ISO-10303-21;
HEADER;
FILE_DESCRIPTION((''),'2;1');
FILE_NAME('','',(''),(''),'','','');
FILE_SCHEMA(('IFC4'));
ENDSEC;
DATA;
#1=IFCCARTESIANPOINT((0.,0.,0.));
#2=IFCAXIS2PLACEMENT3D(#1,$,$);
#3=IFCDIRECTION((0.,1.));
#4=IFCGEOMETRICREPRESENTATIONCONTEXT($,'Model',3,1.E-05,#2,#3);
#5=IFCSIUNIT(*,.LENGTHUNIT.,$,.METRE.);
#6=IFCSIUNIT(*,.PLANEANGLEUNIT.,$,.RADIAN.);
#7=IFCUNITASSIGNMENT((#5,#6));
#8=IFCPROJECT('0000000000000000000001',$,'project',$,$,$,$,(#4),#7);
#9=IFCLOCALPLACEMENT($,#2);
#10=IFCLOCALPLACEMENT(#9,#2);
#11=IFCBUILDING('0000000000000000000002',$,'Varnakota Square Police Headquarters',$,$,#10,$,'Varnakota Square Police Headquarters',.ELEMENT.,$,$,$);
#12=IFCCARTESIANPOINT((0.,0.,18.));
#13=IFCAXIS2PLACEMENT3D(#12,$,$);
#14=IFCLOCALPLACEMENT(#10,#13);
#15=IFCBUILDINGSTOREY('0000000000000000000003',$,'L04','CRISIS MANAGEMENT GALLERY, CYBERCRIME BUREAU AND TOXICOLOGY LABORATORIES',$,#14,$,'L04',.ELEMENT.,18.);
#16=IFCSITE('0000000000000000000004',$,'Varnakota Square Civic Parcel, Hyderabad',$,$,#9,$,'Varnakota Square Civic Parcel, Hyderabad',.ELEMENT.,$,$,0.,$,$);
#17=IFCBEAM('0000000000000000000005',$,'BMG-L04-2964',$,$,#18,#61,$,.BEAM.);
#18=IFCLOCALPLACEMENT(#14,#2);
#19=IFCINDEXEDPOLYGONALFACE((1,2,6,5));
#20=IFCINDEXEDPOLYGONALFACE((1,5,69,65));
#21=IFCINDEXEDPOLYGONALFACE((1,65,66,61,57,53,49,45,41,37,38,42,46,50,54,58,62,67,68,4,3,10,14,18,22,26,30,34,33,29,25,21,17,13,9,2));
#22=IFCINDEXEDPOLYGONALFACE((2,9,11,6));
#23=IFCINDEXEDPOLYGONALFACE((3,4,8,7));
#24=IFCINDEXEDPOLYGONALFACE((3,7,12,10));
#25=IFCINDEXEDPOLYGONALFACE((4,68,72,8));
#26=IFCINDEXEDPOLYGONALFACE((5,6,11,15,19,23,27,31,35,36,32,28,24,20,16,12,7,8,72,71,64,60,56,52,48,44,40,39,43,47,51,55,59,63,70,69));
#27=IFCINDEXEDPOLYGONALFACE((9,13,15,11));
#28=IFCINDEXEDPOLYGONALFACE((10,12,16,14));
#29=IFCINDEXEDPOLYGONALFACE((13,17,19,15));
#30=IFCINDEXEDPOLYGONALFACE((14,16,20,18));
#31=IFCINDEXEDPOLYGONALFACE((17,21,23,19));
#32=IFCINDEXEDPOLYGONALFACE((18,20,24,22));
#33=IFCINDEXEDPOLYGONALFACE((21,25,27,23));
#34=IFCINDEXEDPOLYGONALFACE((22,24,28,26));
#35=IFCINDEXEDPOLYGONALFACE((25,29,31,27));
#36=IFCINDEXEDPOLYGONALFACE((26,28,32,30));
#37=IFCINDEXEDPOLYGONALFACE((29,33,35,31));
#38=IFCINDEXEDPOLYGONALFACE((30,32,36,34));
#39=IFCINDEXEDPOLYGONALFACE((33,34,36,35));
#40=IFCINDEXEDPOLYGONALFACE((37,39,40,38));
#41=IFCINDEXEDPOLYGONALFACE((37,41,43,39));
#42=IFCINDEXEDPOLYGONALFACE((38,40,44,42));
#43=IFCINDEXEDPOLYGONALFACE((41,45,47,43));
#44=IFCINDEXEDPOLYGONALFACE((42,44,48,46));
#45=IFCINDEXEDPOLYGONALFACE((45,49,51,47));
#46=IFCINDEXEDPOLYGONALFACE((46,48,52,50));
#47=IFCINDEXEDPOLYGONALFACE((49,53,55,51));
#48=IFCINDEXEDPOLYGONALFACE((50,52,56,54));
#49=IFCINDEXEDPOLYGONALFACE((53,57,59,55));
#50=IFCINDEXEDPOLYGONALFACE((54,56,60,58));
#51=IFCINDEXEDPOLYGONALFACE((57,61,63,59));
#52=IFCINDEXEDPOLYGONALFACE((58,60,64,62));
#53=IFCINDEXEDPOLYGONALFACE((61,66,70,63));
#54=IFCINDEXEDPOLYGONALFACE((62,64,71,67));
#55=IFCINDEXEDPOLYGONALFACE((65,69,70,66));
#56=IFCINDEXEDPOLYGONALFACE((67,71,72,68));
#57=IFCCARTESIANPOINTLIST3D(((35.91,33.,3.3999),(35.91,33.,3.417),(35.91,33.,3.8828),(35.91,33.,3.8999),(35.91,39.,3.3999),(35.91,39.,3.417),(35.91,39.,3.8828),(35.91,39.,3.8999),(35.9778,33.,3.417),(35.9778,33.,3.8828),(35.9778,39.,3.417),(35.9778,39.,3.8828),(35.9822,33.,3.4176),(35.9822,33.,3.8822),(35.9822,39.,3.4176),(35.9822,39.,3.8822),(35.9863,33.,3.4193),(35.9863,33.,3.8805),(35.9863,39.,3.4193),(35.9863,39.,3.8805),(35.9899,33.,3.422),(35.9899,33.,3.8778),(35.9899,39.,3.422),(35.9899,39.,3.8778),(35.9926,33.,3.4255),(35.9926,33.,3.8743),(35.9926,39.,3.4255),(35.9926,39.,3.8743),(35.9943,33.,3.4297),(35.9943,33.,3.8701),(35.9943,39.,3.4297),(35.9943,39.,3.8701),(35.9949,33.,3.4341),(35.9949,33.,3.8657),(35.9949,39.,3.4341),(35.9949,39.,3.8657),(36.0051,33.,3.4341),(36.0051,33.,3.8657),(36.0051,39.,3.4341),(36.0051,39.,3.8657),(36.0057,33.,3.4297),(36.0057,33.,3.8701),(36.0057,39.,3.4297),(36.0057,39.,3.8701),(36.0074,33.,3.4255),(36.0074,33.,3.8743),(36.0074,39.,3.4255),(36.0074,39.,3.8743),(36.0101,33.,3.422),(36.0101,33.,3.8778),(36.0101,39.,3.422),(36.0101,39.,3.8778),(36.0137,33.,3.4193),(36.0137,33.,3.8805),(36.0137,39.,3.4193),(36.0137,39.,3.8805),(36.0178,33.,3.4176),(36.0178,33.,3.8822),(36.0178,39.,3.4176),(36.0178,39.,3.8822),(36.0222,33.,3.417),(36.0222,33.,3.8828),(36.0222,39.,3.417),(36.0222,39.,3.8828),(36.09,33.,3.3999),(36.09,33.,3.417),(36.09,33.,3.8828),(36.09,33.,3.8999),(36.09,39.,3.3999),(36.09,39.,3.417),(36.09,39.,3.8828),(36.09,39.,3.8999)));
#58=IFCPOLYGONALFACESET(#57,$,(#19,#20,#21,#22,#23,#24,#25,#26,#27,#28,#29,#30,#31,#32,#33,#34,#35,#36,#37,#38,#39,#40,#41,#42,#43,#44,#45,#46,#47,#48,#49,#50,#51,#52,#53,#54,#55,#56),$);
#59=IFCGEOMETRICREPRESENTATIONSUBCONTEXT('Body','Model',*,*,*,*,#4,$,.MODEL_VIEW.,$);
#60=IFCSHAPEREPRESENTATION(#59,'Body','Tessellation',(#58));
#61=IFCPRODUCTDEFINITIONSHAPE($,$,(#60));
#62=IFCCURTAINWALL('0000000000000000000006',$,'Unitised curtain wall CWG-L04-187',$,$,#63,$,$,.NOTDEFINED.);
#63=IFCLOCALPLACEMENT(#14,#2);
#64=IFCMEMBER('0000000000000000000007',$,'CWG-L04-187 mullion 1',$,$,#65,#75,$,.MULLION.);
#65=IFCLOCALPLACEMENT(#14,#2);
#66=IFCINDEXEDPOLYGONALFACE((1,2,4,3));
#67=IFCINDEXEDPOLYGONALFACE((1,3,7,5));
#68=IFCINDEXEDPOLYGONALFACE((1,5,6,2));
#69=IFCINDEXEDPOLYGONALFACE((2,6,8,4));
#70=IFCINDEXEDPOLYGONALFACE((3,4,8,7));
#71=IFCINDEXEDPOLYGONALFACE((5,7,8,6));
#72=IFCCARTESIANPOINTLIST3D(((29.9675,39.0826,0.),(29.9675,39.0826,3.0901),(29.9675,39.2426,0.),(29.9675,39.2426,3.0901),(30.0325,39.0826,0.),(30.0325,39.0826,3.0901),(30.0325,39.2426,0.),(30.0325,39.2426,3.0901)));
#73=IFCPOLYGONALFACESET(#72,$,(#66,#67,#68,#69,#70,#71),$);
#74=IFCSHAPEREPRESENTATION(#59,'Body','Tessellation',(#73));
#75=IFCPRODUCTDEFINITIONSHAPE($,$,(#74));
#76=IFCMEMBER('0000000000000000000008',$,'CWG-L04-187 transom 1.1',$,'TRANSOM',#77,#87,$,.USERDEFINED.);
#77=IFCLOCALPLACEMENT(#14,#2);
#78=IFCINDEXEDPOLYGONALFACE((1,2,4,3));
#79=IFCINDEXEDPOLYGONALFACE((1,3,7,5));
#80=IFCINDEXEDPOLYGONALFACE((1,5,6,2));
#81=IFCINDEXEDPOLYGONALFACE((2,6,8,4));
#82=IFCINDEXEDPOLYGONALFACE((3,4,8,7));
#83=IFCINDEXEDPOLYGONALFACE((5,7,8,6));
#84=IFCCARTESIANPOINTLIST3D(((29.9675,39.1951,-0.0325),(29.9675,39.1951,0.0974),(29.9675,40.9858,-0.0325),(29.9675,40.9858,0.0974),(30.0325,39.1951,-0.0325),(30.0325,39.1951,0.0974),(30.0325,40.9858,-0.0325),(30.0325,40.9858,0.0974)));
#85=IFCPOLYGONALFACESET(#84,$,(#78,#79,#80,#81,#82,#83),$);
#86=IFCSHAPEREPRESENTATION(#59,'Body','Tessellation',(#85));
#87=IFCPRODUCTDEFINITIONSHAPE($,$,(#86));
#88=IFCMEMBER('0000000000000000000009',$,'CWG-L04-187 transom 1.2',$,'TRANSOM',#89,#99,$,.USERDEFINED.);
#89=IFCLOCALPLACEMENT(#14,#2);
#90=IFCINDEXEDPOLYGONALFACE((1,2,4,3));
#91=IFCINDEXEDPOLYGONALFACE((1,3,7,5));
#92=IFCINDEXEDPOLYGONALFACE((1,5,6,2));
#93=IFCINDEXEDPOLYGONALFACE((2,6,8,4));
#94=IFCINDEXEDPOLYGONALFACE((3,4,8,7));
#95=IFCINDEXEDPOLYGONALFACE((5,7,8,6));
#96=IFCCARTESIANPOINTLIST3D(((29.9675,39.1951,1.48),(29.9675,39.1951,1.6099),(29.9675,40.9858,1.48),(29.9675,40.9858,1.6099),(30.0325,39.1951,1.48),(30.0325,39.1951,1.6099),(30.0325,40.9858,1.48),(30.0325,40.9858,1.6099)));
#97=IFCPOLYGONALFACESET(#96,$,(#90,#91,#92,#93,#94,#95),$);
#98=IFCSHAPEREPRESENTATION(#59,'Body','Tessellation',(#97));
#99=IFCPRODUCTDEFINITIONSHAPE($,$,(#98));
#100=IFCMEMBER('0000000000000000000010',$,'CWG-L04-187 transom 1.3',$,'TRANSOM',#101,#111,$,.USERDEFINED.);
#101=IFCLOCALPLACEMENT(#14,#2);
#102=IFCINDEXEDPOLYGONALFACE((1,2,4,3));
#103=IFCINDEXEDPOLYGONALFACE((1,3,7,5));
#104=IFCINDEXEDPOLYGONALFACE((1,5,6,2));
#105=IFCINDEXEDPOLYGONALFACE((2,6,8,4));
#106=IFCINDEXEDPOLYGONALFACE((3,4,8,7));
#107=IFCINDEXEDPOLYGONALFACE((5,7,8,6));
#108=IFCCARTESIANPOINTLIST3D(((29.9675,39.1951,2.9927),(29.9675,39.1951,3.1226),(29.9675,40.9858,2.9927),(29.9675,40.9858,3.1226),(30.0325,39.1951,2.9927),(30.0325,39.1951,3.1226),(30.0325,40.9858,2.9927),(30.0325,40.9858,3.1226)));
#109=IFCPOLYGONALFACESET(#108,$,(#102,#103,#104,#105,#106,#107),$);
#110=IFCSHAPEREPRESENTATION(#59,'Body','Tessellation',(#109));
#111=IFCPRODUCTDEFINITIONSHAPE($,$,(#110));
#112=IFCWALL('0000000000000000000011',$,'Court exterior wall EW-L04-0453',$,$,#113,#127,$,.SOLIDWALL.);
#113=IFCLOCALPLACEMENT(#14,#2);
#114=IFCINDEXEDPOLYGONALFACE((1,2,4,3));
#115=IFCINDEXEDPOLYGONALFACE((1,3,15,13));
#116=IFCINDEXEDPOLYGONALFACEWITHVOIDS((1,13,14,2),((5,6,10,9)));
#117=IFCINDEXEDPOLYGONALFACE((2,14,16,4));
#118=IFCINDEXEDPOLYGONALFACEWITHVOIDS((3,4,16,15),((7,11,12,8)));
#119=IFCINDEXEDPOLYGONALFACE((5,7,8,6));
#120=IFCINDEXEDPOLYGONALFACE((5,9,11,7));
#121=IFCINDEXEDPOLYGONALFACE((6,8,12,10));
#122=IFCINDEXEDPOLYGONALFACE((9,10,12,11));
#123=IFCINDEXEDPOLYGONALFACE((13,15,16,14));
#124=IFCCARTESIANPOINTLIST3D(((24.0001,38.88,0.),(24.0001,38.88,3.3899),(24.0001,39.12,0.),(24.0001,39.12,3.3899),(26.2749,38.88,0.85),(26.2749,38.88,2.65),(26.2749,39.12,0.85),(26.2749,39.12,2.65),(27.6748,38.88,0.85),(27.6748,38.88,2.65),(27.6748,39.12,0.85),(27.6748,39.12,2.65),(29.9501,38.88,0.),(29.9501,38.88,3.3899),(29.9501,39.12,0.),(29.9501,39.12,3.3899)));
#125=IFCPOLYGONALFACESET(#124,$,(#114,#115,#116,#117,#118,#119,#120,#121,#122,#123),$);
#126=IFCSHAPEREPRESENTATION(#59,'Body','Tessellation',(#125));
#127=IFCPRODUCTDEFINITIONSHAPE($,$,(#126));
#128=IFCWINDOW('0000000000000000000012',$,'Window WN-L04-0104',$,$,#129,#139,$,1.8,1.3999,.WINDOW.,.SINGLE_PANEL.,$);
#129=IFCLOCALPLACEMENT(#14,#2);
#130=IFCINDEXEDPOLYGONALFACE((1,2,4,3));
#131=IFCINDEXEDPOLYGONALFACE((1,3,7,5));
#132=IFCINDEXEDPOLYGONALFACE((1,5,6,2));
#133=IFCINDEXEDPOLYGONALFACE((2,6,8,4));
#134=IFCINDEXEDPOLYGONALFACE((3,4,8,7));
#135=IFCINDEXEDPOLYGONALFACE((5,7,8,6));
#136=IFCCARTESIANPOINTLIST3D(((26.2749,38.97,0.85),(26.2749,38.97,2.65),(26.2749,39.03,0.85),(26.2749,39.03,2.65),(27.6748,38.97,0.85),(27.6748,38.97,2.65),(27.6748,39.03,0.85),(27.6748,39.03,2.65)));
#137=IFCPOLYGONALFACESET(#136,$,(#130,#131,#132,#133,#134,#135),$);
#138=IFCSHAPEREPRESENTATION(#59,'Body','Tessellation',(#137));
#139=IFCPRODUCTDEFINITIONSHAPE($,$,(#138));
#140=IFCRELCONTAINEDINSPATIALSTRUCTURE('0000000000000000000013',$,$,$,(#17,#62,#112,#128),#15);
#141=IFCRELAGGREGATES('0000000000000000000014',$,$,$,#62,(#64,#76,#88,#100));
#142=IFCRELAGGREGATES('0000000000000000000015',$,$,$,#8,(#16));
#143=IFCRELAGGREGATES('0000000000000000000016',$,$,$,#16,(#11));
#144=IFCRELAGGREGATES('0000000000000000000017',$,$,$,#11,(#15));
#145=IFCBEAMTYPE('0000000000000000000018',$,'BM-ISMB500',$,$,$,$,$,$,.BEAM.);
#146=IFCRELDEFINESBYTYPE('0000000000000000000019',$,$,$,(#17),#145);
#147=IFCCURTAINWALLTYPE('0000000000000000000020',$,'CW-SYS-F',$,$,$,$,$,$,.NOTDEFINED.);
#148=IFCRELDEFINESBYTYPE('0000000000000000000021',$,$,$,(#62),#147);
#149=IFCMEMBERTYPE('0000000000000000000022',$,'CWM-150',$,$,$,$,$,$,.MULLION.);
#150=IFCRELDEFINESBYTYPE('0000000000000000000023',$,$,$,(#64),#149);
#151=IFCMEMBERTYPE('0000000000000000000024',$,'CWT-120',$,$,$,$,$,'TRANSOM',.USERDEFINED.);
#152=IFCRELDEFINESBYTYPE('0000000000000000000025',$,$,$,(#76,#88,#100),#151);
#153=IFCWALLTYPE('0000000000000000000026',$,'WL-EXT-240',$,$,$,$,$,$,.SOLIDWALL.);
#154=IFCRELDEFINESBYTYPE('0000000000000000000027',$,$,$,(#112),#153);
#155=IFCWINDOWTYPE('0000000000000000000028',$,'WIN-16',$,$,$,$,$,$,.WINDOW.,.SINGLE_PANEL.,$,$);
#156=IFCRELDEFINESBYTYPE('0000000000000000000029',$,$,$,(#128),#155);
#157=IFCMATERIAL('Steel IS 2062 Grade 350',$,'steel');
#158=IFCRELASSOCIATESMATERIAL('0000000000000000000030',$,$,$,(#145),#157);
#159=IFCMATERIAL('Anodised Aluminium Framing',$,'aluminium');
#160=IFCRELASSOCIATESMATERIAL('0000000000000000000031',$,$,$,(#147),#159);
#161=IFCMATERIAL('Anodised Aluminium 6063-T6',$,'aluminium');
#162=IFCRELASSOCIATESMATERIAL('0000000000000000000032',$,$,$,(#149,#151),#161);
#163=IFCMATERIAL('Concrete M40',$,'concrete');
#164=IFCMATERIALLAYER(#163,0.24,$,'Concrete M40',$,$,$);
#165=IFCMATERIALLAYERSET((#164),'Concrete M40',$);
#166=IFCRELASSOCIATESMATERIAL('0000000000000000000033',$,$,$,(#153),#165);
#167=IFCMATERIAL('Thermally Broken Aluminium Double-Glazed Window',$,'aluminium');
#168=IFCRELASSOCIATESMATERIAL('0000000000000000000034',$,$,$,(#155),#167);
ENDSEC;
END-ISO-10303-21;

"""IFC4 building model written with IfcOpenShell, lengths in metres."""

from ifc_helpers import new_model, si_unit, direction, frame, frame_2d, origin, origin_2d, place, context, subcontext, project, spatial, rectangle, i_section, extrude, material, layer, layer_set, material_profile, profile_set, type_object, element, fill, aggregate, save


model = new_model("IFC4")

# Units and contexts
model_context = context("Model", 3, precision=1e-05, world=origin(), true_north=direction((0.0, 1.0)))
body_context = subcontext(model_context, "Body", "Model", "MODEL_VIEW")
ifc_project = project(units=[si_unit("LENGTHUNIT", "METRE"), si_unit("PLANEANGLEUNIT", "RADIAN")], contexts=[model_context])

# Site, building, storey
site_placement = place(None, origin())
site = spatial("IfcSite", under=ifc_project, at=site_placement, Name="Varnakota Square Civic Parcel, Hyderabad", LongName="Varnakota Square Civic Parcel, Hyderabad", CompositionType="ELEMENT", RefElevation=0.0)
building_placement = place(site_placement, origin())
building = spatial("IfcBuilding", under=site, at=building_placement, Name="Varnakota Square Police Headquarters", LongName="Varnakota Square Police Headquarters", CompositionType="ELEMENT")
storey_placement = place(building_placement, frame((0.0, 0.0, 18.0)))
storey = spatial("IfcBuildingStorey", under=building, at=storey_placement, Name="L04", Description="CRISIS MANAGEMENT GALLERY, CYBERCRIME BUREAU AND TOXICOLOGY LABORATORIES", LongName="L04", CompositionType="ELEMENT", Elevation=18.0)

# Shared definitions
ifc_material_1 = material(Name="Steel IS 2062 Grade 350", Category="steel")

# Beam
ifc_material_profile_1 = material_profile(ifc_material_1, i_section(OverallWidth=0.1799, OverallDepth=0.5, WebThickness=0.0103, FlangeThickness=0.0171, FilletRadius=0.0171, at=origin_2d()), Name="ISMB 500")
ifc_profile_set_1 = profile_set([ifc_material_profile_1], Name="Steel IS 2062 Grade 350")
beam_type_1 = type_object("IfcBeamType", Name="BM-ISMB500", PredefinedType="BEAM", material=ifc_profile_set_1)
for number, where, z_axis, x_axis, name in (
    (1, (36.0, 33.0, 3.6499), (0.0, 1.0, 0.0), (-1.0, 0.0, 0.0), "BMG-L04-2964"),
):
    element("IfcBeam", number, at=place(storey_placement, frame(where, z_axis=z_axis, x_axis=x_axis)), inside=storey, type_object=beam_type_1, Name=name, PredefinedType="BEAM", context=body_context, shape_type="SweptSolid", body=[
        extrude(i_section(OverallWidth=0.1799, OverallDepth=0.5, WebThickness=0.0103, FlangeThickness=0.0171, FilletRadius=0.0171, at=origin_2d()), origin(), (0.0, 0.0, 1.0), 6.0),
    ])

# Curtain wall, members
ifc_material_2 = material(Name="Anodised Aluminium Framing", Category="aluminium")
curtain_wall_type = type_object("IfcCurtainWallType", Name="CW-SYS-F", PredefinedType="NOTDEFINED", material=ifc_material_2)
curtain_wall_placement = place(storey_placement, origin())
curtain_wall = element("IfcCurtainWall", 2, at=curtain_wall_placement, inside=storey, type_object=curtain_wall_type, Name="Unitised curtain wall CWG-L04-187", PredefinedType="NOTDEFINED")
ifc_material_3 = material(Name="Anodised Aluminium 6063-T6", Category="aluminium")
ifc_material_profile_2 = material_profile(ifc_material_3, rectangle(XDim=0.0649, YDim=0.1599, at=origin_2d()), Name="ALU MULLION 65x160")
ifc_profile_set_2 = profile_set([ifc_material_profile_2], Name="Anodised Aluminium 6063-T6")
member_type_1 = type_object("IfcMemberType", Name="CWM-150", PredefinedType="MULLION", material=ifc_profile_set_2)
member_1_placement = place(storey_placement, frame((30.0, 39.1626, 0.0), z_axis=(0.0, 0.0, 1.0), x_axis=(-1.0, 0.0, 0.0)))
member_1 = element("IfcMember", 3, at=member_1_placement, type_object=member_type_1, Name="CWG-L04-187 mullion 1", PredefinedType="MULLION", context=body_context, shape_type="SweptSolid", body=[
    extrude(rectangle(XDim=0.0649, YDim=0.1599, at=origin_2d()), origin(), (0.0, 0.0, 1.0), 3.0901),
])
ifc_material_profile_3 = material_profile(ifc_material_3, rectangle(XDim=0.0649, YDim=0.1299, at=origin_2d()), Name="ALU TRANSOM 65x130")
ifc_profile_set_3 = profile_set([ifc_material_profile_3], Name="Anodised Aluminium 6063-T6")
member_type_2 = type_object("IfcMemberType", Name="CWT-120", ElementType="TRANSOM", PredefinedType="USERDEFINED", material=ifc_profile_set_3)
member_2_placement = place(storey_placement, frame((30.0, 39.1951, 0.0325), z_axis=(0.0, 1.0, 0.0), x_axis=(-1.0, 0.0, 0.0)))
member_2 = element("IfcMember", 4, at=member_2_placement, type_object=member_type_2, Name="CWG-L04-187 transom 1.1", ObjectType="TRANSOM", PredefinedType="USERDEFINED", context=body_context, shape_type="SweptSolid", body=[
    extrude(rectangle(XDim=0.0649, YDim=0.1299, at=origin_2d()), origin(), (0.0, 0.0, 1.0), 1.7908),
])
member_3_placement = place(storey_placement, frame((30.0, 39.1951, 1.5449), z_axis=(0.0, 1.0, 0.0), x_axis=(-1.0, 0.0, 0.0)))
member_3 = element("IfcMember", 5, at=member_3_placement, type_object=member_type_2, Name="CWG-L04-187 transom 1.2", ObjectType="TRANSOM", PredefinedType="USERDEFINED", context=body_context, shape_type="SweptSolid", body=[
    extrude(rectangle(XDim=0.0649, YDim=0.1299, at=origin_2d()), origin(), (0.0, 0.0, 1.0), 1.7908),
])
member_4_placement = place(storey_placement, frame((30.0, 39.1951, 3.0576), z_axis=(0.0, 1.0, 0.0), x_axis=(-1.0, 0.0, 0.0)))
member_4 = element("IfcMember", 6, at=member_4_placement, type_object=member_type_2, Name="CWG-L04-187 transom 1.3", ObjectType="TRANSOM", PredefinedType="USERDEFINED", context=body_context, shape_type="SweptSolid", body=[
    extrude(rectangle(XDim=0.0649, YDim=0.1299, at=origin_2d()), origin(), (0.0, 0.0, 1.0), 1.7908),
])
aggregate(curtain_wall, [member_1, member_2, member_3, member_4])

# Wall, opening, window
ifc_material_4 = material(Name="Concrete M40", Category="concrete")
ifc_layer = layer(ifc_material_4, 0.24, Name="Concrete M40")
ifc_layer_set = layer_set([ifc_layer], Name="Concrete M40")
wall_type = type_object("IfcWallType", Name="WL-EXT-240", PredefinedType="SOLIDWALL", material=ifc_layer_set)
wall_placement = place(storey_placement, frame((24.0, 39.0, 0.0), z_axis=(0.0, 0.0, 1.0), x_axis=(1.0, 0.0, 0.0)))
wall = element("IfcWall", 7, at=wall_placement, inside=storey, type_object=wall_type, Name="Court exterior wall EW-L04-0453", PredefinedType="SOLIDWALL", context=body_context, shape_type="SweptSolid", body=[
    extrude(rectangle(XDim=5.95, YDim=0.24, at=frame_2d((2.9751, 0.0))), origin(), (0.0, 0.0, 1.0), 3.3899),
])
opening_placement = place(wall_placement, frame((2.2749, 0.0, 0.8501)))
opening = element("IfcOpeningElement", 8, at=opening_placement, cuts=wall, PredefinedType="OPENING", context=body_context, shape_type="SweptSolid", body=[
    extrude(rectangle(XDim=1.3999, YDim=1.8, at=frame_2d((0.7, 0.8999))), frame((0.0, 0.1299, 0.0), z_axis=(0.0, -1.0, 0.0), x_axis=(1.0, 0.0, 0.0)), (0.0, 0.0, 1.0), 0.26),
])
ifc_material_5 = material(Name="Thermally Broken Aluminium Double-Glazed Window", Category="aluminium")
window_type = type_object("IfcWindowType", Name="WIN-16", PartitioningType="SINGLE_PANEL", PredefinedType="WINDOW", material=ifc_material_5)
window_placement = place(opening_placement, origin())
window = element("IfcWindow", 9, at=window_placement, inside=storey, type_object=window_type, Name="Window WN-L04-0104", OverallHeight=1.8, OverallWidth=1.3999, PartitioningType="SINGLE_PANEL", PredefinedType="WINDOW", context=body_context, shape_type="SweptSolid", body=[
    extrude(rectangle(XDim=1.3999, YDim=1.8, at=frame_2d((0.7, 0.8999))), frame((0.0, 0.03, 0.0), z_axis=(0.0, -1.0, 0.0), x_axis=(1.0, 0.0, 0.0)), (0.0, 0.0, 1.0), 0.0601),
])
fill(opening, window)

save(model, "model.ifc")
